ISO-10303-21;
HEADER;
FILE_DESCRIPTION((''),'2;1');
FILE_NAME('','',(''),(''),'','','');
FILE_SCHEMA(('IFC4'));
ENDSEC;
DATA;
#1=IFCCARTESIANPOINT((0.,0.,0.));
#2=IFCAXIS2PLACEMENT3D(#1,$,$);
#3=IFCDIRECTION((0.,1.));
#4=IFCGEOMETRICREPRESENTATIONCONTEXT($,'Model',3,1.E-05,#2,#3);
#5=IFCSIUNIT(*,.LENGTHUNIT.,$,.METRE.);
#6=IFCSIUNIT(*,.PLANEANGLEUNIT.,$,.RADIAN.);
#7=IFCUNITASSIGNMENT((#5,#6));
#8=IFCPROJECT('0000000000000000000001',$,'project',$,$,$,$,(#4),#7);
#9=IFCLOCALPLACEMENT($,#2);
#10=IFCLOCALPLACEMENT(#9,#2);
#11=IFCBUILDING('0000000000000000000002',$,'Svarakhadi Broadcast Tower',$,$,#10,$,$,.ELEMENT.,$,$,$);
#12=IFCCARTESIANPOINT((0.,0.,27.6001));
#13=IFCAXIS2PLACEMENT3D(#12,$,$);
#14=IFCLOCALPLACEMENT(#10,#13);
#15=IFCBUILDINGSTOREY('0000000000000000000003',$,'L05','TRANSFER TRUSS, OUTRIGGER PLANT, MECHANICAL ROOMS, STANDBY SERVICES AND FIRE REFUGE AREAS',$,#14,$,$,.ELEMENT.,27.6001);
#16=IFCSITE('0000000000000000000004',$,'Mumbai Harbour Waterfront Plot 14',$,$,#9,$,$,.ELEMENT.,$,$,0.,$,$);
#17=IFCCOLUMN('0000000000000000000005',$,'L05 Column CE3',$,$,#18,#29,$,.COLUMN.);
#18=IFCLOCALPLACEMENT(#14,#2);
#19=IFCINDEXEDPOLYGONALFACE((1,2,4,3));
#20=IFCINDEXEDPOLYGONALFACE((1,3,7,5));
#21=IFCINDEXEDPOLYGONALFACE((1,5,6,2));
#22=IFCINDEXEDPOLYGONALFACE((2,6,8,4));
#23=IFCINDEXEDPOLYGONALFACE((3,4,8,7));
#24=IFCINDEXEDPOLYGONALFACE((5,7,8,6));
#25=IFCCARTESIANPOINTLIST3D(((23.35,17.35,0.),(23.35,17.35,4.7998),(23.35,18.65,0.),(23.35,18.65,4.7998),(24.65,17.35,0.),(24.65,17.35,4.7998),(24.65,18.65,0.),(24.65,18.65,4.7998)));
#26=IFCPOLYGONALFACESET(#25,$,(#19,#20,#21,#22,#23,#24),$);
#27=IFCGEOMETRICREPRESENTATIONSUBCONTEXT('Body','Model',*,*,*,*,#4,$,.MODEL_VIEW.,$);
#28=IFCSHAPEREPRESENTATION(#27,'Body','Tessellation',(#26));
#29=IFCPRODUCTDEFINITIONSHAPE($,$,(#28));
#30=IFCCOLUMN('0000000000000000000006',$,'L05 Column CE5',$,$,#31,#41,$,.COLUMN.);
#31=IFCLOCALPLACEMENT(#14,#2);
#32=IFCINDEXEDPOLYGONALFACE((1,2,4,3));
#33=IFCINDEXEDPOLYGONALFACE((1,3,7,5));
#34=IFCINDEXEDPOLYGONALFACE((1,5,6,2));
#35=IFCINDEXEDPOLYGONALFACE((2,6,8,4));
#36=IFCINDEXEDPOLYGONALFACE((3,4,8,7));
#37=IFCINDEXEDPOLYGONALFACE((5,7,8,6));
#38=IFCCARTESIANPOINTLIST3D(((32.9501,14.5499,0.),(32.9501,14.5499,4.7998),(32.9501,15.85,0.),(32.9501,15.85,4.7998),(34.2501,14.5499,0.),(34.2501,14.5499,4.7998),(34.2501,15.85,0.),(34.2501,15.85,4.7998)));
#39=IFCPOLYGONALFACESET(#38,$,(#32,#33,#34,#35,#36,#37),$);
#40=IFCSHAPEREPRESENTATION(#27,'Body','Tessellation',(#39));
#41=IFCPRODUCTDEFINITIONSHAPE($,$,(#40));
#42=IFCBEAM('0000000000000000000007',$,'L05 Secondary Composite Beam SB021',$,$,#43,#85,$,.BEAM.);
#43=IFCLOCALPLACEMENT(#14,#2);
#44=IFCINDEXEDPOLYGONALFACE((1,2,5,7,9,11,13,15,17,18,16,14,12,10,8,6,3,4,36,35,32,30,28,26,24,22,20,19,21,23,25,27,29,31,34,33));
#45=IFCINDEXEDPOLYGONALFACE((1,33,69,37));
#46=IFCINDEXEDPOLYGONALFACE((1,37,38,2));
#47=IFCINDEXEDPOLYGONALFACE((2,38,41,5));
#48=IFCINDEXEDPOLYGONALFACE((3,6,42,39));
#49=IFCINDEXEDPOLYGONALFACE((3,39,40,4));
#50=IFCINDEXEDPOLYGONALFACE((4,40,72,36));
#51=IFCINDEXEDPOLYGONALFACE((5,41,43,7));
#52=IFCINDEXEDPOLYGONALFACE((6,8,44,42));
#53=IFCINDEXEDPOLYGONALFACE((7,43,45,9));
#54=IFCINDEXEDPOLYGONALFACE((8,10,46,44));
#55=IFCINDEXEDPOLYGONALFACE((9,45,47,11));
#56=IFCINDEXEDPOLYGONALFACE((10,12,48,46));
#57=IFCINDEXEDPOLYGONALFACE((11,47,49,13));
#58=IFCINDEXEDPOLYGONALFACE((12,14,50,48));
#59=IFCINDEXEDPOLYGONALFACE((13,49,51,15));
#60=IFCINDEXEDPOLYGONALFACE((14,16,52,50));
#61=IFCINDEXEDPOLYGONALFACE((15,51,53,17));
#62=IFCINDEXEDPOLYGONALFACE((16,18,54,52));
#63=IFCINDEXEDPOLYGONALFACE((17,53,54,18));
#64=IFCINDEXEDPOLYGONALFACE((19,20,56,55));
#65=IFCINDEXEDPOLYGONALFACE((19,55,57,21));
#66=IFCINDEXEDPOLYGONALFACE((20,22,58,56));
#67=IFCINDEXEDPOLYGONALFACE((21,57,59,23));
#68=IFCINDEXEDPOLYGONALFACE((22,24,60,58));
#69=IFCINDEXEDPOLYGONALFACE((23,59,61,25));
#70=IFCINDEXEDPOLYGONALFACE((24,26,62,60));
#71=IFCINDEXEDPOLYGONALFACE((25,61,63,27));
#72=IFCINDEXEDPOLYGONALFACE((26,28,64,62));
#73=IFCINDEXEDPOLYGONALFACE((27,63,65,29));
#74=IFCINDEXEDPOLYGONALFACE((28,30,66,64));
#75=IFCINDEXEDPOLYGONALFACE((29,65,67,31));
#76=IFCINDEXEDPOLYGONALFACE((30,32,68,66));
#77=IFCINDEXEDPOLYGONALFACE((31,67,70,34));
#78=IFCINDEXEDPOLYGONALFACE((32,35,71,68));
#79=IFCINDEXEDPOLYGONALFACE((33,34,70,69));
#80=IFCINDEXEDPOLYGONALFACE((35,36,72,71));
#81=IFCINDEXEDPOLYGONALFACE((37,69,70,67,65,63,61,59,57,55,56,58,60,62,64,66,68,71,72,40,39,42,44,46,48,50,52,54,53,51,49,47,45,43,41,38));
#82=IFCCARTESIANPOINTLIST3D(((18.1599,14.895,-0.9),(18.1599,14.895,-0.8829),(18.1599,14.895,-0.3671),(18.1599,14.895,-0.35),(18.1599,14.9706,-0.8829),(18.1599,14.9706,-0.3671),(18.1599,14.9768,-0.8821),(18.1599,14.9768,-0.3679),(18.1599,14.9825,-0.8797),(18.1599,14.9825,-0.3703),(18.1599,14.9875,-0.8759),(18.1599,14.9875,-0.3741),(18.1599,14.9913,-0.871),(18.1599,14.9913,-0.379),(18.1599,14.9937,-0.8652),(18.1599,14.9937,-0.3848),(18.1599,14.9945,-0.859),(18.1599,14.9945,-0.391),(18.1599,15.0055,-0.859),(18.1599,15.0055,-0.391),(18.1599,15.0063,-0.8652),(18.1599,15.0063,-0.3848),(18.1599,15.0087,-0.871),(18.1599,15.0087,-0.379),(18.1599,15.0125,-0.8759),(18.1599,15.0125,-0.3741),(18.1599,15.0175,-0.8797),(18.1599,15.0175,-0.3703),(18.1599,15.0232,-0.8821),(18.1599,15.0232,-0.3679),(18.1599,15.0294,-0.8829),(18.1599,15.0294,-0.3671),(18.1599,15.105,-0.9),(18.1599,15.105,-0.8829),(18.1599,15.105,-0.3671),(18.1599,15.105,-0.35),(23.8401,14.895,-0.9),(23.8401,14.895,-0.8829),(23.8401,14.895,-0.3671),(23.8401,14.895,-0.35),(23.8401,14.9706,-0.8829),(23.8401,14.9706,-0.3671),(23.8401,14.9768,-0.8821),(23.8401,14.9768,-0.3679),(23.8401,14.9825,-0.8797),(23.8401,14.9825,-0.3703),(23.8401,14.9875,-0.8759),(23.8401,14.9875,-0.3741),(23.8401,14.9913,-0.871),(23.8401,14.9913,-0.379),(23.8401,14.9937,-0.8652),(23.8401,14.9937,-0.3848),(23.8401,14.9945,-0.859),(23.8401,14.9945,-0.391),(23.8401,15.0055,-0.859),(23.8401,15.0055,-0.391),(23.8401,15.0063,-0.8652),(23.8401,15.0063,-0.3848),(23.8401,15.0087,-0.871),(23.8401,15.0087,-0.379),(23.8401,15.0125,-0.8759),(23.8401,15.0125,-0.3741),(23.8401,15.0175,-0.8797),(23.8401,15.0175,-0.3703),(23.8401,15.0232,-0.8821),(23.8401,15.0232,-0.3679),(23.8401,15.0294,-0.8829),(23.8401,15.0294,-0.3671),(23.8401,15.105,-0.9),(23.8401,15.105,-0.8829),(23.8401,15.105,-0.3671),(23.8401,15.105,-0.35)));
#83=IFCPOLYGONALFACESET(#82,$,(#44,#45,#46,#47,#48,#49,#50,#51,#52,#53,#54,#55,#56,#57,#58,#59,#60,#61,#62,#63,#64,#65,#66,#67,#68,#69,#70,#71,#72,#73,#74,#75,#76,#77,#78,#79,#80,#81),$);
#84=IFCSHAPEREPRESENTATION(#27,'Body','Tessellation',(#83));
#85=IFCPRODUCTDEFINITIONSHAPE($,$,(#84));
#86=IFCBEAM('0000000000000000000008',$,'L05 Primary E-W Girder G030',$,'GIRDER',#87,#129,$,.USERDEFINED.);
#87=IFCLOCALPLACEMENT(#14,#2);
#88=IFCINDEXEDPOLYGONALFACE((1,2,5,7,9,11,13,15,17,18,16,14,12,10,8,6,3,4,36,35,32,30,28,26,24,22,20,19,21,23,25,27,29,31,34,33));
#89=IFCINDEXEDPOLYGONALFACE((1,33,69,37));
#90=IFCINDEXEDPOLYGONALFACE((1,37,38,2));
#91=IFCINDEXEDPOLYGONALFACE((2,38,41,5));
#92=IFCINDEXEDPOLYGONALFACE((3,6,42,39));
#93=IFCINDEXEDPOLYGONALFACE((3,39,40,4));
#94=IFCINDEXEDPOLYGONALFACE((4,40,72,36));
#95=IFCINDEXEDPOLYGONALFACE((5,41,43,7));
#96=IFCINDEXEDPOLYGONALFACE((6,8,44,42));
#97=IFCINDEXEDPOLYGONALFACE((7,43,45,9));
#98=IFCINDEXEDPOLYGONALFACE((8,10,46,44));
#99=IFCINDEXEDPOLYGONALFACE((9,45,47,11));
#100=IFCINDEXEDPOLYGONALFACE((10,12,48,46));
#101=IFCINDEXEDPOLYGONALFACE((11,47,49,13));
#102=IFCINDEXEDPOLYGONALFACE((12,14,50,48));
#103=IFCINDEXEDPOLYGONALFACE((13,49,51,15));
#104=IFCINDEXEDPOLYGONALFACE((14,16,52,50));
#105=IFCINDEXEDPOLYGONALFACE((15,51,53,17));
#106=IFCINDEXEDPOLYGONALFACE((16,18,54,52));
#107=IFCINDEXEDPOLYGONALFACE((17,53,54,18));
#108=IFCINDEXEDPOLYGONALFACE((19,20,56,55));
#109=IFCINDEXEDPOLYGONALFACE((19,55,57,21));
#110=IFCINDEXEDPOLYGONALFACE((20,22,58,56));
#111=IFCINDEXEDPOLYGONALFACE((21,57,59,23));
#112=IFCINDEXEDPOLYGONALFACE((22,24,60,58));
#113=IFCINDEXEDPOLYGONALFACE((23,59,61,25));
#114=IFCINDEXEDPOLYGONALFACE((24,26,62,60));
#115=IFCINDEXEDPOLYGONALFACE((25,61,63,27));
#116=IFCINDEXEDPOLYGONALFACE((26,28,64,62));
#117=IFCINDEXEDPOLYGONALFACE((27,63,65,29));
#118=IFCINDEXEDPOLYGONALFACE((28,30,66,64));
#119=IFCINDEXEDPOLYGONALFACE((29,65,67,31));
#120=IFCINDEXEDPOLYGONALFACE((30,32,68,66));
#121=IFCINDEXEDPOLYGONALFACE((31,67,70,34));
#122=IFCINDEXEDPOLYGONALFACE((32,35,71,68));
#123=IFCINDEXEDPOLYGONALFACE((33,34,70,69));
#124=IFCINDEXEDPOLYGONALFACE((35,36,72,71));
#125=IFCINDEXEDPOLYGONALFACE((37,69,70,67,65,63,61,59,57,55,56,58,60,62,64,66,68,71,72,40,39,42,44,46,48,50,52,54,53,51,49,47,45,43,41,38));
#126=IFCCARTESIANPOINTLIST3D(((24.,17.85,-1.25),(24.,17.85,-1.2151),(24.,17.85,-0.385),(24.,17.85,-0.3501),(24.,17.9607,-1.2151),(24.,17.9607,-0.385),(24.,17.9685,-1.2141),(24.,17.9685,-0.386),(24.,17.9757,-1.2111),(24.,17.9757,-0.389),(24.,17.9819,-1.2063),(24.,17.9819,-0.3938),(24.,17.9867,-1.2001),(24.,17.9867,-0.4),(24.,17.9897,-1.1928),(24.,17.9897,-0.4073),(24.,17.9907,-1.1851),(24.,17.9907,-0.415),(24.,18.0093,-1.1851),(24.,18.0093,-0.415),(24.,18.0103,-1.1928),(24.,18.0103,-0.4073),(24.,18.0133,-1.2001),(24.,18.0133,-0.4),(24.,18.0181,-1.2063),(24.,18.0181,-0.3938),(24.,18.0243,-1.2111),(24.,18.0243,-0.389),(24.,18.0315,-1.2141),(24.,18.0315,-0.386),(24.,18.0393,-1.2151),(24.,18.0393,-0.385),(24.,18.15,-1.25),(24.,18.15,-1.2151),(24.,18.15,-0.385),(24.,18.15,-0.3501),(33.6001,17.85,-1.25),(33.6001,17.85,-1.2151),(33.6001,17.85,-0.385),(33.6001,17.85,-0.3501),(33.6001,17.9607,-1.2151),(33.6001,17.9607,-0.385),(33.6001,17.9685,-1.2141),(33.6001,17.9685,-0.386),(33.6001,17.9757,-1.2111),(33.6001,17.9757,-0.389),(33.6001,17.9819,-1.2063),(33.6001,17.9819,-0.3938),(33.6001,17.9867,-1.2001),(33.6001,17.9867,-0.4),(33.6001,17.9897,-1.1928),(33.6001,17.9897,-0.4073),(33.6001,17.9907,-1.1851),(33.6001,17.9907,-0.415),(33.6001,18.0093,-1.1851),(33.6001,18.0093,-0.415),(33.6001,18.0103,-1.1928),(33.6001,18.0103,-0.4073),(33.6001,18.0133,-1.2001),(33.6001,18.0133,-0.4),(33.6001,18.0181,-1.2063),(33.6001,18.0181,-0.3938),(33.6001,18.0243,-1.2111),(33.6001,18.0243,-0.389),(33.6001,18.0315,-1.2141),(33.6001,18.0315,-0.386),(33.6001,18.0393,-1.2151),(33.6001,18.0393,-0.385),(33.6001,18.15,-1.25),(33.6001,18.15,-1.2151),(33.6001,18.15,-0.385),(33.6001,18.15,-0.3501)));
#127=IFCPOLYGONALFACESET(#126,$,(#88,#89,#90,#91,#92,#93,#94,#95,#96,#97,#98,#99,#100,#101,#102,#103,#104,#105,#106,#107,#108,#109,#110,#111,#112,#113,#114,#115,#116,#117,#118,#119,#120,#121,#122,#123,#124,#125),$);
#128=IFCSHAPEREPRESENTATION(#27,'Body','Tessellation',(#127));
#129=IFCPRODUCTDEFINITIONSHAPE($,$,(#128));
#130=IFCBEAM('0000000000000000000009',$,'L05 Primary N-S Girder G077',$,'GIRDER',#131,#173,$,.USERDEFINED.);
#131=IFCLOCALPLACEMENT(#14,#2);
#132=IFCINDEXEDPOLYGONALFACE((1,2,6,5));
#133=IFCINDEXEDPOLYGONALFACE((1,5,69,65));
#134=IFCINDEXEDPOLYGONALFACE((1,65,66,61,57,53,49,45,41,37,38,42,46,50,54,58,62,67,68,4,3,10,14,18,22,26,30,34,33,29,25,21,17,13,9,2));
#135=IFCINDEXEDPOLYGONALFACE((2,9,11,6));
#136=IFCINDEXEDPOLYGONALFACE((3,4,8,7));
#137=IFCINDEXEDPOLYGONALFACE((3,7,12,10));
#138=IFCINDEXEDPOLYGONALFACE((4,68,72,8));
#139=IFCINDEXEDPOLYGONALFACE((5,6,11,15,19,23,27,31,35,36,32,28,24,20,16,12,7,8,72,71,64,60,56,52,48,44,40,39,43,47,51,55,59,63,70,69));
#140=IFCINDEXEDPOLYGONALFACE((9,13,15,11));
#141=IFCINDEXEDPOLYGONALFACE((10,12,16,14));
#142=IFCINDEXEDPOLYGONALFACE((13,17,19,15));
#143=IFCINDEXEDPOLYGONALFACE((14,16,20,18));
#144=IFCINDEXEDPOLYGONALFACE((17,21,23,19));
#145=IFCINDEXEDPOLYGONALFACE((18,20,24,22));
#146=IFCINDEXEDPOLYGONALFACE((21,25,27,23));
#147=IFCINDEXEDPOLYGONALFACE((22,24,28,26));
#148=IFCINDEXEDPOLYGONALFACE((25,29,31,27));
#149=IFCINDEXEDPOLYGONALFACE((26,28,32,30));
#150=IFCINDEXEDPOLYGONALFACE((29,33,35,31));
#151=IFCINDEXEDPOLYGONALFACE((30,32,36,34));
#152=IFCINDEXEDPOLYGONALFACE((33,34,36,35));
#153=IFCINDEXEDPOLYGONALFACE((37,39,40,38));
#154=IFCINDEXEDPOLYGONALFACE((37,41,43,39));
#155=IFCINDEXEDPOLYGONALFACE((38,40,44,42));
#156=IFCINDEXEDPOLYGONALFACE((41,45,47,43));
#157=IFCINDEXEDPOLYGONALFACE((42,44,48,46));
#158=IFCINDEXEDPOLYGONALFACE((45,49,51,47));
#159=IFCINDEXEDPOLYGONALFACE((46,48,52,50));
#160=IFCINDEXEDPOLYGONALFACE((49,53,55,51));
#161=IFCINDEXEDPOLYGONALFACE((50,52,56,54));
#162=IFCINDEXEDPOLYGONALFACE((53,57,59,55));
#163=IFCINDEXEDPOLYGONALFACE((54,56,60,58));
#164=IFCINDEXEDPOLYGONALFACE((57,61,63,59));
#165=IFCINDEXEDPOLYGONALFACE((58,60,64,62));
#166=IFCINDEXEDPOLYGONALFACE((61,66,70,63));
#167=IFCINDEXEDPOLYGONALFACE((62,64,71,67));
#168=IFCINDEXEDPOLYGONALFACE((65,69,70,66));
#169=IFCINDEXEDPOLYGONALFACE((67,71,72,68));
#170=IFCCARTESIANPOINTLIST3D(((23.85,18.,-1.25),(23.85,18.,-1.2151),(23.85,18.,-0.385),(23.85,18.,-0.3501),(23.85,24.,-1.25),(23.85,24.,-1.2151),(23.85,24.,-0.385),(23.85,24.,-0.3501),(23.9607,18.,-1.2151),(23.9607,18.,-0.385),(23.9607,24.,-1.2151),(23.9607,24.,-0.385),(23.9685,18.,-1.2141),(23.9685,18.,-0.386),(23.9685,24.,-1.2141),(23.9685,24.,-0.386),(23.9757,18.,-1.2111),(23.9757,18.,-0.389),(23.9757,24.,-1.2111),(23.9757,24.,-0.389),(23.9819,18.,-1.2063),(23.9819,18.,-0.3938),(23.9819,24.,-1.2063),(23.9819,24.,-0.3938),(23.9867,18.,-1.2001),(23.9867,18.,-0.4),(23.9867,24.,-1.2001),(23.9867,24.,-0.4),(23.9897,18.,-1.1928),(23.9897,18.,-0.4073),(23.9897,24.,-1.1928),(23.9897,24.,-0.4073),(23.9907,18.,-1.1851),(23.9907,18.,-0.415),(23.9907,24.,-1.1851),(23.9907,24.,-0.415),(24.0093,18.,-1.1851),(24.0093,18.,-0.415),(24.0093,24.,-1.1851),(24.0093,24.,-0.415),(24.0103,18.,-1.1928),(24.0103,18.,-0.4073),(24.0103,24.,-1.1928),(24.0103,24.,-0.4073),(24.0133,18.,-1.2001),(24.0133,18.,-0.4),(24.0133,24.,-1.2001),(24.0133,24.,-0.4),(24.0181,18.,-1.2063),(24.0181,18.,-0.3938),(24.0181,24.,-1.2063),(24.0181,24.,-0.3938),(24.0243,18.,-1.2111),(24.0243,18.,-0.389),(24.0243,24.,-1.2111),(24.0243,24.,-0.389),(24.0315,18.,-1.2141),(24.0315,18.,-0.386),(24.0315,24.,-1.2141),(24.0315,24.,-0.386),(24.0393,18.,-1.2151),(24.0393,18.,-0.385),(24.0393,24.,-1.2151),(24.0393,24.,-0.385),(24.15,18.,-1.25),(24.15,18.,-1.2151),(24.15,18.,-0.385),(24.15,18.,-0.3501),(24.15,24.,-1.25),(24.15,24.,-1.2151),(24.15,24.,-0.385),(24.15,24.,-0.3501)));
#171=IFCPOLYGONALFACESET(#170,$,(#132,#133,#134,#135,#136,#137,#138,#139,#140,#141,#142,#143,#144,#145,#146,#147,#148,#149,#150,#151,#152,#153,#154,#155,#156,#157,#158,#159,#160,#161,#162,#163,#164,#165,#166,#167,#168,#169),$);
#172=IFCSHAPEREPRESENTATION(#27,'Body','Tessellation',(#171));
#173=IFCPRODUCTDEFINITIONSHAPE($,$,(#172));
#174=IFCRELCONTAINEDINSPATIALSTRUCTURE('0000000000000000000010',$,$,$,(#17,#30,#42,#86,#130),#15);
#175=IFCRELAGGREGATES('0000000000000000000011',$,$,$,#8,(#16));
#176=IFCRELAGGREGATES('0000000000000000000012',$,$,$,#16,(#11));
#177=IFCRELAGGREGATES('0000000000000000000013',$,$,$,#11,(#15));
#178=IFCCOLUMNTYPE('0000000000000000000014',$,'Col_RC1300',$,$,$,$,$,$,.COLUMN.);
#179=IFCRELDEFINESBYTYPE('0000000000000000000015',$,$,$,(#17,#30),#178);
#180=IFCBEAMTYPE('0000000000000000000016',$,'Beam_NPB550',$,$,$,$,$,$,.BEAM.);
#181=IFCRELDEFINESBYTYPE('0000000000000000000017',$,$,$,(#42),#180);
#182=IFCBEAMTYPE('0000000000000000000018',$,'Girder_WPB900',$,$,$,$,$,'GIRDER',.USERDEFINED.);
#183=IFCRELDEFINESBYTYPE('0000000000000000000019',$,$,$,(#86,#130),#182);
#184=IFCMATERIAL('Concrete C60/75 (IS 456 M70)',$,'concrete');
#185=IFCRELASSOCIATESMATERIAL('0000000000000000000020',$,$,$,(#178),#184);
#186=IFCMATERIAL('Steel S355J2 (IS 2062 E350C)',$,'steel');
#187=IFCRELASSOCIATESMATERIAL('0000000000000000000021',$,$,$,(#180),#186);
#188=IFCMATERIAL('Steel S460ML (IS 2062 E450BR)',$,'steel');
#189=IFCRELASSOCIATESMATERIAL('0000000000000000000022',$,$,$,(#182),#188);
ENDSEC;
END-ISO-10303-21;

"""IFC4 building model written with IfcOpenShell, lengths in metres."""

from ifc_helpers import new_model, si_unit, direction, frame, origin, origin_2d, place, context, subcontext, project, spatial, rectangle, i_section, extrude, material, material_profile, profile_set, type_object, element, save


model = new_model("IFC4")

# Units and contexts
model_context = context("Model", 3, precision=1e-05, world=origin(), true_north=direction((0.0, 1.0)))
body_context = subcontext(model_context, "Body", "Model", "MODEL_VIEW")
ifc_project = project(units=[si_unit("LENGTHUNIT", "METRE"), si_unit("PLANEANGLEUNIT", "RADIAN")], contexts=[model_context])

# Site, building, storey
site_placement = place(None, origin())
site = spatial("IfcSite", under=ifc_project, at=site_placement, Name="Mumbai Harbour Waterfront Plot 14", CompositionType="ELEMENT", RefElevation=0.0)
building_placement = place(site_placement, origin())
building = spatial("IfcBuilding", under=site, at=building_placement, Name="Svarakhadi Broadcast Tower", CompositionType="ELEMENT")
storey_placement = place(building_placement, frame((0.0, 0.0, 27.6001)))
storey = spatial("IfcBuildingStorey", under=building, at=storey_placement, Name="L05", Description="TRANSFER TRUSS, OUTRIGGER PLANT, MECHANICAL ROOMS, STANDBY SERVICES AND FIRE REFUGE AREAS", CompositionType="ELEMENT", Elevation=27.6001)

# Columns
ifc_material_1 = material(Name="Concrete C60/75 (IS 456 M70)", Category="concrete")
ifc_material_profile_1 = material_profile(ifc_material_1, rectangle(XDim=1.3, YDim=1.3, at=origin_2d()), Name="RC 1300x1300")
ifc_profile_set_1 = profile_set([ifc_material_profile_1], Name="Concrete C60/75 (IS 456 M70)")
column_type = type_object("IfcColumnType", Name="Col_RC1300", PredefinedType="COLUMN", material=ifc_profile_set_1)
for number, where, z_axis, x_axis, name in (
    (1, (24.0, 18.0, 0.0), (0.0, 0.0, 1.0), (1.0, 0.0, 0.0), "L05 Column CE3"),
    (2, (33.6001, 15.2, 0.0), (0.0, 0.0, 1.0), (1.0, 0.0, 0.0), "L05 Column CE5"),
):
    element("IfcColumn", number, at=place(storey_placement, frame(where, z_axis=z_axis, x_axis=x_axis)), inside=storey, type_object=column_type, Name=name, PredefinedType="COLUMN", context=body_context, shape_type="SweptSolid", body=[
        extrude(rectangle(XDim=1.3, YDim=1.3, at=origin_2d()), origin(), (0.0, 0.0, 1.0), 4.7998),
    ])

# Beams
ifc_material_2 = material(Name="Steel S355J2 (IS 2062 E350C)", Category="steel")
ifc_material_profile_2 = material_profile(ifc_material_2, i_section(OverallWidth=0.21, OverallDepth=0.55, WebThickness=0.011, FlangeThickness=0.0171, FilletRadius=0.0239, at=origin_2d()), Name="NPB 550x210x106")
ifc_profile_set_2 = profile_set([ifc_material_profile_2], Name="Steel S355J2 (IS 2062 E350C)")
beam_type_1 = type_object("IfcBeamType", Name="Beam_NPB550", PredefinedType="BEAM", material=ifc_profile_set_2)
beam_1_placement = place(storey_placement, frame((18.1599, 15.0, -0.625), z_axis=(1.0, 0.0, 0.0), x_axis=(0.0, 1.0, 0.0)))
element("IfcBeam", 3, at=beam_1_placement, inside=storey, type_object=beam_type_1, Name="L05 Secondary Composite Beam SB021", PredefinedType="BEAM", context=body_context, shape_type="SweptSolid", body=[
    extrude(i_section(OverallWidth=0.21, OverallDepth=0.55, WebThickness=0.011, FlangeThickness=0.0171, FilletRadius=0.0239, at=origin_2d()), origin(), (0.0, 0.0, 1.0), 5.6802),
])
ifc_material_3 = material(Name="Steel S460ML (IS 2062 E450BR)", Category="steel")
ifc_material_profile_3 = material_profile(ifc_material_3, i_section(OverallWidth=0.3, OverallDepth=0.8999, WebThickness=0.0186, FlangeThickness=0.0349, FilletRadius=0.03, at=origin_2d()), Name="WPB 900x300x291")
ifc_profile_set_3 = profile_set([ifc_material_profile_3], Name="Steel S460ML (IS 2062 E450BR)")
beam_type_2 = type_object("IfcBeamType", Name="Girder_WPB900", ElementType="GIRDER", PredefinedType="USERDEFINED", material=ifc_profile_set_3)
beam_2_placement = place(storey_placement, frame((24.0, 18.0, -0.8), z_axis=(1.0, 0.0, 0.0), x_axis=(0.0, 1.0, 0.0)))
element("IfcBeam", 4, at=beam_2_placement, inside=storey, type_object=beam_type_2, Name="L05 Primary E-W Girder G030", ObjectType="GIRDER", PredefinedType="USERDEFINED", context=body_context, shape_type="SweptSolid", body=[
    extrude(i_section(OverallWidth=0.3, OverallDepth=0.8999, WebThickness=0.0186, FlangeThickness=0.0349, FilletRadius=0.03, at=origin_2d()), origin(), (0.0, 0.0, 1.0), 9.6001),
])
beam_3_placement = place(storey_placement, frame((24.0, 18.0, -0.8), z_axis=(0.0, 1.0, 0.0), x_axis=(-1.0, 0.0, 0.0)))
element("IfcBeam", 5, at=beam_3_placement, inside=storey, type_object=beam_type_2, Name="L05 Primary N-S Girder G077", ObjectType="GIRDER", PredefinedType="USERDEFINED", context=body_context, shape_type="SweptSolid", body=[
    extrude(i_section(OverallWidth=0.3, OverallDepth=0.8999, WebThickness=0.0186, FlangeThickness=0.0349, FilletRadius=0.03, at=origin_2d()), origin(), (0.0, 0.0, 1.0), 6.0),
])

save(model, "model.ifc")
